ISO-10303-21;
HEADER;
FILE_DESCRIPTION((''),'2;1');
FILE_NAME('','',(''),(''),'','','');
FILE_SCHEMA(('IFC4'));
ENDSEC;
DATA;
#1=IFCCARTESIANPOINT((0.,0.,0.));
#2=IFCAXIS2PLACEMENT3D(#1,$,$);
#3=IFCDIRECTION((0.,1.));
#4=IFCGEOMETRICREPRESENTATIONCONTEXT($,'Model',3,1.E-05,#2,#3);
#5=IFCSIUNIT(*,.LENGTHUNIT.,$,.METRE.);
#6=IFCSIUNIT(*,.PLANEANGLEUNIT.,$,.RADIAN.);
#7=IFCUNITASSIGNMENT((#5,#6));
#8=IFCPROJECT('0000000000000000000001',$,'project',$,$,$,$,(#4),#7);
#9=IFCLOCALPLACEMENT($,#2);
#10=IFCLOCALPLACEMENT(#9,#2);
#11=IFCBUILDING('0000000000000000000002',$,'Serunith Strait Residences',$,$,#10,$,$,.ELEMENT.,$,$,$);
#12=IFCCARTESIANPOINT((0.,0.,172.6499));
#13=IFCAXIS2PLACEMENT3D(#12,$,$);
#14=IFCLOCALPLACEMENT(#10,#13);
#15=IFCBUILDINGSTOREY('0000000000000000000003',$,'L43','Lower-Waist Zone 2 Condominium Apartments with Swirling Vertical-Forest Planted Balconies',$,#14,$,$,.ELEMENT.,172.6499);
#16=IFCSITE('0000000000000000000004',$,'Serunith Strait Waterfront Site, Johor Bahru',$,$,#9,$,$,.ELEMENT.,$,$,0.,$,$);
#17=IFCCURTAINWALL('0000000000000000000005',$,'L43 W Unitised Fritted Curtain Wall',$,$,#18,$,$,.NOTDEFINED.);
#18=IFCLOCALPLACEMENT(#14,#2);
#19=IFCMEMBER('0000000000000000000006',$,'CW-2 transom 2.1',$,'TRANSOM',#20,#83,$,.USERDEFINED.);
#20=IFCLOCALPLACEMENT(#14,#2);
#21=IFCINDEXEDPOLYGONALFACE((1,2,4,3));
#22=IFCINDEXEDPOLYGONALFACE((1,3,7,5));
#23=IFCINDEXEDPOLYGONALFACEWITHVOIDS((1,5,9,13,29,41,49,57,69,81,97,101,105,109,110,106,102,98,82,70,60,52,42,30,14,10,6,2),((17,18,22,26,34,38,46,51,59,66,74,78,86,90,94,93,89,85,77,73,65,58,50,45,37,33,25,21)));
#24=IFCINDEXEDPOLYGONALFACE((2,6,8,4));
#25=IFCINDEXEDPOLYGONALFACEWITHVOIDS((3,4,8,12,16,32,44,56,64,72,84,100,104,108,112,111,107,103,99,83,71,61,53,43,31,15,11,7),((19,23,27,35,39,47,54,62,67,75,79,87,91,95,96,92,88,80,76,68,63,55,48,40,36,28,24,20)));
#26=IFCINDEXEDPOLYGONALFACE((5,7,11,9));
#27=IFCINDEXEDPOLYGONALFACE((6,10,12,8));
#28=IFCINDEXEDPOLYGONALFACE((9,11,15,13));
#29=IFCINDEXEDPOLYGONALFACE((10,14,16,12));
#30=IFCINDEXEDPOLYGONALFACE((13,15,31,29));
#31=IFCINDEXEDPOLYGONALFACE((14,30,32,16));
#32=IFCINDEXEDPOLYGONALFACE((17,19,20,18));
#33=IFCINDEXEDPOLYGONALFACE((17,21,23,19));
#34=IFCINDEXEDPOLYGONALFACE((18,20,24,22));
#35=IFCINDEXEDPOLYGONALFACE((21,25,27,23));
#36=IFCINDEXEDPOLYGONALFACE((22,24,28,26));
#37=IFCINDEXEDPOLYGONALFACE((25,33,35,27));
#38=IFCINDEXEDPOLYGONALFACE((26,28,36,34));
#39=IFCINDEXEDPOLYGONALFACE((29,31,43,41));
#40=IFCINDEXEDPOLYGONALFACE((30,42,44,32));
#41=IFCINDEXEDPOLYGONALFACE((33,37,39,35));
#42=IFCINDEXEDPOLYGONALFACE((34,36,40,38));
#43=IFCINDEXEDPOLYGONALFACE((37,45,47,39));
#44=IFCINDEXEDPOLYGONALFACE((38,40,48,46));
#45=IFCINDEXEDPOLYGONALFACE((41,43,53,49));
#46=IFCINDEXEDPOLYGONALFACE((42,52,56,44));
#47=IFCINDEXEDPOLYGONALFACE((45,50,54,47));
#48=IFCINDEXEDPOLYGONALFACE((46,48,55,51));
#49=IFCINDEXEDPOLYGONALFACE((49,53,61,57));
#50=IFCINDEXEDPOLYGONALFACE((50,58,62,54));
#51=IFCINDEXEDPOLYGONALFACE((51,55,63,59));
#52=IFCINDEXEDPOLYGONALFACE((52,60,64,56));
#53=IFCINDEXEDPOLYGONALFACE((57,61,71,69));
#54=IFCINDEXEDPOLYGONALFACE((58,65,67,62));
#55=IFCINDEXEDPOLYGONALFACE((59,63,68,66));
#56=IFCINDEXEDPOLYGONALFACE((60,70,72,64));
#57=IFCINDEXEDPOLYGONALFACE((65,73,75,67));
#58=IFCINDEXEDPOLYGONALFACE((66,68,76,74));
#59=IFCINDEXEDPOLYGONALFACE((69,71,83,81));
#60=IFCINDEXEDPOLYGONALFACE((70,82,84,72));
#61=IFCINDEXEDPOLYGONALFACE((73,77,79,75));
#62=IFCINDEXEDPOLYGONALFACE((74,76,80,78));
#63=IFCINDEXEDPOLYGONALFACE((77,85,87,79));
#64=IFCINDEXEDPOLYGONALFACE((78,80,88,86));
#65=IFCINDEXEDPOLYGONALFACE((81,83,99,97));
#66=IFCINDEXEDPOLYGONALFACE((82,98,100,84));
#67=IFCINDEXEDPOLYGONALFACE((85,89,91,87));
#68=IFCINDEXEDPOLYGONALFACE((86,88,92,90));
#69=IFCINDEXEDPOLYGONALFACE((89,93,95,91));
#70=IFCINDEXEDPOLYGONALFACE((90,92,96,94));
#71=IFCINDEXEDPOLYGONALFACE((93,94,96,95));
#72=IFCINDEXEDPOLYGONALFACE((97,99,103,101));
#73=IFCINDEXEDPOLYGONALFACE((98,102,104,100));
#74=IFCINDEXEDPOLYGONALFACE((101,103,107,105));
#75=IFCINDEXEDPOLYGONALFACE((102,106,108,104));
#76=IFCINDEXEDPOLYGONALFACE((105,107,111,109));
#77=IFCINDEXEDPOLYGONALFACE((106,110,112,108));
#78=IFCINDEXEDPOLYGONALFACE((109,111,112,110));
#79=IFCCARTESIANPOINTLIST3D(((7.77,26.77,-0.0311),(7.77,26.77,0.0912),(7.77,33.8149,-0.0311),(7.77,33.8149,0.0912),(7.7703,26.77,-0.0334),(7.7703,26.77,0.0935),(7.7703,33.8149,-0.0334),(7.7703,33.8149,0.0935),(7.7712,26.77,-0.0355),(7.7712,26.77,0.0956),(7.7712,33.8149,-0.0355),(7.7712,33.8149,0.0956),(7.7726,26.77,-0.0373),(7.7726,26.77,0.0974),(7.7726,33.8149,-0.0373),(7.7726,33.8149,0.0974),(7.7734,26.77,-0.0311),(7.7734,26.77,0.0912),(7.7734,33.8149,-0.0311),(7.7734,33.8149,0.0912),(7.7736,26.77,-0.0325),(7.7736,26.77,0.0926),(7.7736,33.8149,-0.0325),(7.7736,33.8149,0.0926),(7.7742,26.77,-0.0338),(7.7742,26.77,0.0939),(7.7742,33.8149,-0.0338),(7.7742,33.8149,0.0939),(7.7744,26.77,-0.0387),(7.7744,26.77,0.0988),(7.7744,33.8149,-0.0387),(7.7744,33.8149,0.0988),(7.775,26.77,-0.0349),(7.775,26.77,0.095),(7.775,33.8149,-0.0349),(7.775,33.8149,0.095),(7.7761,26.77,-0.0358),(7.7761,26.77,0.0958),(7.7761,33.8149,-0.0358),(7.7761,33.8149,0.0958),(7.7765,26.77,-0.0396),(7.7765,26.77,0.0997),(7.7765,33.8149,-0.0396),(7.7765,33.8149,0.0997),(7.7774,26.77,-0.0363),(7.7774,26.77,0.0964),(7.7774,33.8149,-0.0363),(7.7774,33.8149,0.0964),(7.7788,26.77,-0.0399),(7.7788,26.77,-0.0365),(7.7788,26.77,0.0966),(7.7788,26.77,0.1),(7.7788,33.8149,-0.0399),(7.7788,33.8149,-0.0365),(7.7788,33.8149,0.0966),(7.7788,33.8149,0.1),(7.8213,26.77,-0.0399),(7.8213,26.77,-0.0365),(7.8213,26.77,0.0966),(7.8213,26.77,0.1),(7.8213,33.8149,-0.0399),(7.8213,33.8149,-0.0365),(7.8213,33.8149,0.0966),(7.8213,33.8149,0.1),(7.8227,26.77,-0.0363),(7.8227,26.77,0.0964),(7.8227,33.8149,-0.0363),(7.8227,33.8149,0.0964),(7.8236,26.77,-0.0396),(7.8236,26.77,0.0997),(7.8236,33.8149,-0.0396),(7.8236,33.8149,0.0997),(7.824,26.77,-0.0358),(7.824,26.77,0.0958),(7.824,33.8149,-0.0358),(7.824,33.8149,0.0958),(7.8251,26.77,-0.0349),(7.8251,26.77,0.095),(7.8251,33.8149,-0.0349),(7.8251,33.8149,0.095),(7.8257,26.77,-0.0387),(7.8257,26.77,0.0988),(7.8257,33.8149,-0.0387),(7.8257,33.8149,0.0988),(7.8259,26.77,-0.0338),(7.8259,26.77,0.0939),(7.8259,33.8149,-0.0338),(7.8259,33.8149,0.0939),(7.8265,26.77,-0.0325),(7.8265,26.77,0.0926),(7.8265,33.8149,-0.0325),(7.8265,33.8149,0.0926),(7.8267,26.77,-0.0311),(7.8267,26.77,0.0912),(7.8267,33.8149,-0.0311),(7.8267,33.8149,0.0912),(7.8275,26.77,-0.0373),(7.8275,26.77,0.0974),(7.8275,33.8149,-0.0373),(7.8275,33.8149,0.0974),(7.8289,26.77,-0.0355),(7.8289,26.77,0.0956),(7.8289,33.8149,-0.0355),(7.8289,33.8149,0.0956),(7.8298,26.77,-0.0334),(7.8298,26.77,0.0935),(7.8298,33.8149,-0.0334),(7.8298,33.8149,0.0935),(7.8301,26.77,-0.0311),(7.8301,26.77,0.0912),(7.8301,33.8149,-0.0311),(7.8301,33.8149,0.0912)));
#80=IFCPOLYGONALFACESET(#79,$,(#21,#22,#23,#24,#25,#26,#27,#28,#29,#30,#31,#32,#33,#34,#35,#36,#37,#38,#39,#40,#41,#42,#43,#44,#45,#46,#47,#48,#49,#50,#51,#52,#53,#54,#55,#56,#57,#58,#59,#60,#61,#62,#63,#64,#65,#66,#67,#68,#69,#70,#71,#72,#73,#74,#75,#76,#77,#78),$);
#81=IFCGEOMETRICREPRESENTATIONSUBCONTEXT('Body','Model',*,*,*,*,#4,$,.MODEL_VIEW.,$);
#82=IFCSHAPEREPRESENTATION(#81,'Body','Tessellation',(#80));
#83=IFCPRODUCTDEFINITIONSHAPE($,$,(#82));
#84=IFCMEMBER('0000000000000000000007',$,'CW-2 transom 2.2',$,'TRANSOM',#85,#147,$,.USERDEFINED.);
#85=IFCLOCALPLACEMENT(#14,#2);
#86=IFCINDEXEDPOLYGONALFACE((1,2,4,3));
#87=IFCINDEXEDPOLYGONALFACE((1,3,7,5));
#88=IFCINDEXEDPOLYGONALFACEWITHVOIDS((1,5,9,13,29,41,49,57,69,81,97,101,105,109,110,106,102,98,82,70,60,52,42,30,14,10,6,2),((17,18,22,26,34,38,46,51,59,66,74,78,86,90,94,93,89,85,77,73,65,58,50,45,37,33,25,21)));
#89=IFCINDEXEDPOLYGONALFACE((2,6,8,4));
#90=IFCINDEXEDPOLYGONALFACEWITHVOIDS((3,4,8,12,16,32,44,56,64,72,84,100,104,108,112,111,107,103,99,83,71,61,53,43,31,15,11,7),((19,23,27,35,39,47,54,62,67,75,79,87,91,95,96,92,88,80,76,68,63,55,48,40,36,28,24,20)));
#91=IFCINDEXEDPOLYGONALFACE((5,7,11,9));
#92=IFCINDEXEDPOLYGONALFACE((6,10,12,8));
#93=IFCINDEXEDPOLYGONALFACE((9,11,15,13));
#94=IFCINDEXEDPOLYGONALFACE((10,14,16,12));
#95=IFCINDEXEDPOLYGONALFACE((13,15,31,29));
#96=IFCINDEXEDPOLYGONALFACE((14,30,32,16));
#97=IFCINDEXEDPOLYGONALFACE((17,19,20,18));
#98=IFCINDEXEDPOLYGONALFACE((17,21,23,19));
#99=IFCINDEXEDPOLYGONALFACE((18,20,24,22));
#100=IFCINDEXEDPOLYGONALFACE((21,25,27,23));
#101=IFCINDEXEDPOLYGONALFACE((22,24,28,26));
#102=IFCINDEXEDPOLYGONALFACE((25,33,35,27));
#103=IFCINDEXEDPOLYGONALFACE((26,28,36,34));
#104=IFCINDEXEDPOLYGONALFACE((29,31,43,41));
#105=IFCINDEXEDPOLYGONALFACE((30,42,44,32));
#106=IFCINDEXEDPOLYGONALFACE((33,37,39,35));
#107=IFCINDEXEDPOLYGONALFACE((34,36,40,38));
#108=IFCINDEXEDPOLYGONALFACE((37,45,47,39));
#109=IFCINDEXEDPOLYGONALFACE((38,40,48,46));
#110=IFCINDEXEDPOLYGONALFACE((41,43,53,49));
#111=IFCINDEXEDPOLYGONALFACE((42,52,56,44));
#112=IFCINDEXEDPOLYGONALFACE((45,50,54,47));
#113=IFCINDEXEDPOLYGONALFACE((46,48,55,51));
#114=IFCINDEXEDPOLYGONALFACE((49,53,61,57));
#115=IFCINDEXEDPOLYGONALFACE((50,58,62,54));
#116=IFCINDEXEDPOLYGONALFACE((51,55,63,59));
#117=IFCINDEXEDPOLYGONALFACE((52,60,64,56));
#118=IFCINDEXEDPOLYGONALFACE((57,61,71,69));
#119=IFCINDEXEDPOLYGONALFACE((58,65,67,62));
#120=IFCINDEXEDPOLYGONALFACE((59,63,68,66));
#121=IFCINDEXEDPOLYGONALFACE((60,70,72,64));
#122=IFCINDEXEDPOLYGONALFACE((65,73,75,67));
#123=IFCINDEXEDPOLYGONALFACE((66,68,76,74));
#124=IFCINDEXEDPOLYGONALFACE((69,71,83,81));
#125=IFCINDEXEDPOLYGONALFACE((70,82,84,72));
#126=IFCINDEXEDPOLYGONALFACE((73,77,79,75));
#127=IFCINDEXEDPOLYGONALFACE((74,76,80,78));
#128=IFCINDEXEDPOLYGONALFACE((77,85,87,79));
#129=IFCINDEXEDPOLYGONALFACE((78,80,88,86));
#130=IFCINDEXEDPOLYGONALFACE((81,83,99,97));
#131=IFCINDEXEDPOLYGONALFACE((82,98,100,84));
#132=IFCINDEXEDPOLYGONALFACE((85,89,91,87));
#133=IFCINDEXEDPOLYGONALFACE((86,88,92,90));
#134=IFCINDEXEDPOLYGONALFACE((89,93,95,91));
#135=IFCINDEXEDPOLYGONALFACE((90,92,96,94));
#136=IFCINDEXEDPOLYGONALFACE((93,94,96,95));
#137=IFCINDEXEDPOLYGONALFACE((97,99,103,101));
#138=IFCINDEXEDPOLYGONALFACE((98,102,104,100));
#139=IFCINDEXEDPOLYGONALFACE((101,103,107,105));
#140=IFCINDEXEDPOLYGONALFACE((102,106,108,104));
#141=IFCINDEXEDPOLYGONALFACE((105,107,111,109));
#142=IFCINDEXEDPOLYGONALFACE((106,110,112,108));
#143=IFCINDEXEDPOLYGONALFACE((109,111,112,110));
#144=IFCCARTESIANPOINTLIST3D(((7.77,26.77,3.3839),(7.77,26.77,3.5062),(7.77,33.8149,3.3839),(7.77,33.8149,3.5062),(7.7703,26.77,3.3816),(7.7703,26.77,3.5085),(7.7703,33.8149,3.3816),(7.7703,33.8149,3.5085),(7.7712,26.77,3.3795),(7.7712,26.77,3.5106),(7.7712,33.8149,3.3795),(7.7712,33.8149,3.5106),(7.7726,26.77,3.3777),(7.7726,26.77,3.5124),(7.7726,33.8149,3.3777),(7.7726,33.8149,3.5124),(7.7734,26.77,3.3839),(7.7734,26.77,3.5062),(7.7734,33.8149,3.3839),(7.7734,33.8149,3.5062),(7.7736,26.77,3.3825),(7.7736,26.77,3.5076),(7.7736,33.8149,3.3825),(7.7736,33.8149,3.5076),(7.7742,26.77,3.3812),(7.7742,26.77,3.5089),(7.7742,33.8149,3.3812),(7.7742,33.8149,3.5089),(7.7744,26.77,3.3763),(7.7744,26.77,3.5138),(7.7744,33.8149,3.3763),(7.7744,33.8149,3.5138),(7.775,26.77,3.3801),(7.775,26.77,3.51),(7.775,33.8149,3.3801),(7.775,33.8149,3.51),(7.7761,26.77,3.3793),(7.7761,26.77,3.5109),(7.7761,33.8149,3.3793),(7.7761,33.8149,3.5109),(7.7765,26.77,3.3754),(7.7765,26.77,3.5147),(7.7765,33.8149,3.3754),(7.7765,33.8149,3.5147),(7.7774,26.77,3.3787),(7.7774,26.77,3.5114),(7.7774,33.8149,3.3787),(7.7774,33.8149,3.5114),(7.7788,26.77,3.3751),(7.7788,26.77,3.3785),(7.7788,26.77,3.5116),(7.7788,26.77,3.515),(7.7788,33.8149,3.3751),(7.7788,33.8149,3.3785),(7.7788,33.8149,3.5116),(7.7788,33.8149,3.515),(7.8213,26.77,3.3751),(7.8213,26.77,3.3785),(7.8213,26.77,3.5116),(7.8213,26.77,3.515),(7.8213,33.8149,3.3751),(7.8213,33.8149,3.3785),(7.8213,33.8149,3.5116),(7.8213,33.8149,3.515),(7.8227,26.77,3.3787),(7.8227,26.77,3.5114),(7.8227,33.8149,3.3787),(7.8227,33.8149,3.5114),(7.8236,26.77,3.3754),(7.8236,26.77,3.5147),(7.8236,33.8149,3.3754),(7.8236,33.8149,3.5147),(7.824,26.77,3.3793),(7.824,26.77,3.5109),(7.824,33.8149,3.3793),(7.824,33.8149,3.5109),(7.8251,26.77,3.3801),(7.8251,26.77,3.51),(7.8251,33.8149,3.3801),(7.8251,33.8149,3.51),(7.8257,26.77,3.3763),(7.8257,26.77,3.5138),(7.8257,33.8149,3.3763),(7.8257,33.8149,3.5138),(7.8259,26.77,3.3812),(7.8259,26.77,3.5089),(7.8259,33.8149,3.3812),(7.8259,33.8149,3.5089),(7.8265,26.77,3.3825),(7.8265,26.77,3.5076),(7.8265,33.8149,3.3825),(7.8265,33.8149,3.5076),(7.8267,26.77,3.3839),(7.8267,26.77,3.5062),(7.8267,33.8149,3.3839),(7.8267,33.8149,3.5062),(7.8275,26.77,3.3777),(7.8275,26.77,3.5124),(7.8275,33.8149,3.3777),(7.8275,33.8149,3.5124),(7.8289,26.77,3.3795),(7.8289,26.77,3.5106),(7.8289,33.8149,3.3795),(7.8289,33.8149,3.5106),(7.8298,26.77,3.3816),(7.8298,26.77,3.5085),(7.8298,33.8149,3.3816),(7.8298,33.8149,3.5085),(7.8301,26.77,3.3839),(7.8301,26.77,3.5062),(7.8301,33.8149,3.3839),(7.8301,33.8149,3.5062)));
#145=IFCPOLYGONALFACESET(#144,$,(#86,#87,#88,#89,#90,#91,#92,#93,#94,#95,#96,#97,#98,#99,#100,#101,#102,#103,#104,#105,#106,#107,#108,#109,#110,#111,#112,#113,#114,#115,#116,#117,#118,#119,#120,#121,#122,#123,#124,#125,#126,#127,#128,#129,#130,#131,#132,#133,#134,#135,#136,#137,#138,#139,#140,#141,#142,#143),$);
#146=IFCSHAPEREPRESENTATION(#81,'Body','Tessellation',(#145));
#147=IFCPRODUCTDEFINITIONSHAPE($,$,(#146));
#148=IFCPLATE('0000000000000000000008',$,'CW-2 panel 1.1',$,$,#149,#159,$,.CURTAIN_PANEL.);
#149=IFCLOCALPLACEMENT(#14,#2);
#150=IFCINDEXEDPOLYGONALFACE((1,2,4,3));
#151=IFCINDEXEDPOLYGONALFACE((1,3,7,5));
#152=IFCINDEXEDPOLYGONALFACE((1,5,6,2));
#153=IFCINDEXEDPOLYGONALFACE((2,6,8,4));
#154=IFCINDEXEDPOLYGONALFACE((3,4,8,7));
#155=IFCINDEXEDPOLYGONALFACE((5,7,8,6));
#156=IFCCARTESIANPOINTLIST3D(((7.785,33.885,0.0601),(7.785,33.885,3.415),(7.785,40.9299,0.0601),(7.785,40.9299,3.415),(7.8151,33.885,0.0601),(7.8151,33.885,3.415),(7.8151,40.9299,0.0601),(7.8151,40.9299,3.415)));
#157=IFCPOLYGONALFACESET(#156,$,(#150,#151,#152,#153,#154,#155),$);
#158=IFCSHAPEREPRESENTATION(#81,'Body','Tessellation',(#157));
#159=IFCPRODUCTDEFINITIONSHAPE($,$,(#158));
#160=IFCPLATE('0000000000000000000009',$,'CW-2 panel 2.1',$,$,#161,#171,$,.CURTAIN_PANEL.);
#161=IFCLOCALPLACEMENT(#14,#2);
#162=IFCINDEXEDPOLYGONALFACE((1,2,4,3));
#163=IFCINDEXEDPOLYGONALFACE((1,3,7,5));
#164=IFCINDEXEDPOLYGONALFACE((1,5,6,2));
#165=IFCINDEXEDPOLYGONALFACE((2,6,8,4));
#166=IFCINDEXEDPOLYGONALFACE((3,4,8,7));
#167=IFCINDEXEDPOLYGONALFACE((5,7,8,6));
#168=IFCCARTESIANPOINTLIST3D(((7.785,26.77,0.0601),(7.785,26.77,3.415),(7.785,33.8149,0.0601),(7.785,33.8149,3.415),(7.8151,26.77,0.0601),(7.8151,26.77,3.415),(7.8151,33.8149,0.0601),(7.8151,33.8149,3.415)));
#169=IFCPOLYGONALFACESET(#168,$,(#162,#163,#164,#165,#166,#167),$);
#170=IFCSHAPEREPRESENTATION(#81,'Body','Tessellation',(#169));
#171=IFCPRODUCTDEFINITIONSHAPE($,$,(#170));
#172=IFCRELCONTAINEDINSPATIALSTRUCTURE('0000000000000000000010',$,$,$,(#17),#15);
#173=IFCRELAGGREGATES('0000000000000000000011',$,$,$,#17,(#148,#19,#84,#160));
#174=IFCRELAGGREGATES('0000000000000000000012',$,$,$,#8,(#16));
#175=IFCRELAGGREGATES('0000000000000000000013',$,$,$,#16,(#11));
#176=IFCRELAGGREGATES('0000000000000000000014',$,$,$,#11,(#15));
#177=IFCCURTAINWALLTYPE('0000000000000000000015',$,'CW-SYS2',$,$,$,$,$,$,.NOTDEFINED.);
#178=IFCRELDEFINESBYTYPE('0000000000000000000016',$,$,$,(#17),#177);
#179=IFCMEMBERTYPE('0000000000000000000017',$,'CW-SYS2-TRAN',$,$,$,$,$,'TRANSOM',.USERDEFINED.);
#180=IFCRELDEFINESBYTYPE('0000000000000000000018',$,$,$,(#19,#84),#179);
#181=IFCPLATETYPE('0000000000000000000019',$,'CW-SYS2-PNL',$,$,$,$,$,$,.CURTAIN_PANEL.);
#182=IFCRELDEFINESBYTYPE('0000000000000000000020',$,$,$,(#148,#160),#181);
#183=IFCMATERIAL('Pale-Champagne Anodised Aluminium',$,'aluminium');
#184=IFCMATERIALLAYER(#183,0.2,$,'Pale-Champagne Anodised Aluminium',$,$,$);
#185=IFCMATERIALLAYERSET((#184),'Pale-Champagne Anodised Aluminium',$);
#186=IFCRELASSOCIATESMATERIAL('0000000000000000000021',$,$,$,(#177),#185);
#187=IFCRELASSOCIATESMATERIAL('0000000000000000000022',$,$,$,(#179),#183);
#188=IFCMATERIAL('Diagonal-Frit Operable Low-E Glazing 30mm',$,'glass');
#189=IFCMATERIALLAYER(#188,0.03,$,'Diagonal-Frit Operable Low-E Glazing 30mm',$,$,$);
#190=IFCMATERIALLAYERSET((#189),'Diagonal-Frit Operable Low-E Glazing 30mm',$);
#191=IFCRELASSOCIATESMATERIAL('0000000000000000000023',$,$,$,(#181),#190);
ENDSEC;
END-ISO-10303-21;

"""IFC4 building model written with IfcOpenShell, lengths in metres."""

from ifc_helpers import new_model, si_unit, direction, frame, origin, origin_2d, place, context, subcontext, project, spatial, rectangle, hollow_rectangle, extrude, source, transform, mapped, material, layer, layer_set, material_profile, profile_set, type_object, element, aggregate, save


model = new_model("IFC4")

# Units and contexts
model_context = context("Model", 3, precision=1e-05, world=origin(), true_north=direction((0.0, 1.0)))
body_context = subcontext(model_context, "Body", "Model", "MODEL_VIEW")
ifc_project = project(units=[si_unit("LENGTHUNIT", "METRE"), si_unit("PLANEANGLEUNIT", "RADIAN")], contexts=[model_context])

# Site, building, storey
site_placement = place(None, origin())
site = spatial("IfcSite", under=ifc_project, at=site_placement, Name="Serunith Strait Waterfront Site, Johor Bahru", CompositionType="ELEMENT", RefElevation=0.0)
building_placement = place(site_placement, origin())
building = spatial("IfcBuilding", under=site, at=building_placement, Name="Serunith Strait Residences", CompositionType="ELEMENT")
storey_placement = place(building_placement, frame((0.0, 0.0, 172.6499)))
storey = spatial("IfcBuildingStorey", under=building, at=storey_placement, Name="L43", Description="Lower-Waist Zone 2 Condominium Apartments with Swirling Vertical-Forest Planted Balconies", CompositionType="ELEMENT", Elevation=172.6499)

# Curtain wall, members, plates
ifc_material_1 = material(Name="Pale-Champagne Anodised Aluminium", Category="aluminium")
ifc_layer_1 = layer(ifc_material_1, 0.2, Name="Pale-Champagne Anodised Aluminium")
ifc_layer_set_1 = layer_set([ifc_layer_1], Name="Pale-Champagne Anodised Aluminium")
curtain_wall_type = type_object("IfcCurtainWallType", Name="CW-SYS2", PredefinedType="NOTDEFINED", material=ifc_layer_set_1)
curtain_wall_placement = place(storey_placement, origin())
curtain_wall = element("IfcCurtainWall", 1, at=curtain_wall_placement, inside=storey, type_object=curtain_wall_type, Name="L43 W Unitised Fritted Curtain Wall", PredefinedType="NOTDEFINED")
ifc_material_profile_1 = material_profile(ifc_material_1, hollow_rectangle(XDim=0.0601, YDim=0.1399, WallThickness=0.0034, InnerFilletRadius=0.0054, OuterFilletRadius=0.0088, at=origin_2d()), Name="ALU 140x60x3.5")
ifc_profile_set_1 = profile_set([ifc_material_profile_1], Name="Pale-Champagne Anodised Aluminium")
member_type_1 = type_object("IfcMemberType", Name="CW-SYS2-TRAN", ElementType="TRANSOM", PredefinedType="USERDEFINED", material=ifc_profile_set_1)
shared_shape_1 = source(origin(), body_context, "Body", "SweptSolid", [
    extrude(hollow_rectangle(XDim=0.0601, YDim=0.1399, WallThickness=0.0034, InnerFilletRadius=0.0054, OuterFilletRadius=0.0088, at=origin_2d()), origin(), (0.0, 0.0, 1.0), 7.0449),
])
member_1_placement = place(storey_placement, frame((7.8, 33.8149, 0.03), z_axis=(0.0, -1.0, 0.0), x_axis=(1.0, 0.0, 0.0)))
member_1 = element("IfcMember", 2, at=member_1_placement, type_object=member_type_1, Name="CW-2 transom 2.1", ObjectType="TRANSOM", PredefinedType="USERDEFINED", context=body_context, shape_type="MappedRepresentation", body=[
    mapped(shared_shape_1, transform((0.0, 0.0, 0.0), scale=1.0)),
])
member_2_placement = place(storey_placement, frame((7.8, 33.8149, 3.4451), z_axis=(0.0, -1.0, 0.0), x_axis=(1.0, 0.0, 0.0)))
member_2 = element("IfcMember", 3, at=member_2_placement, type_object=member_type_1, Name="CW-2 transom 2.2", ObjectType="TRANSOM", PredefinedType="USERDEFINED", context=body_context, shape_type="MappedRepresentation", body=[
    mapped(shared_shape_1, transform((0.0, 0.0, 0.0), scale=1.0)),
])
ifc_material_2 = material(Name="Diagonal-Frit Operable Low-E Glazing 30mm", Category="glass")
ifc_layer_2 = layer(ifc_material_2, 0.03, Name="Diagonal-Frit Operable Low-E Glazing 30mm")
ifc_layer_set_2 = layer_set([ifc_layer_2], Name="Diagonal-Frit Operable Low-E Glazing 30mm")
plate_type = type_object("IfcPlateType", Name="CW-SYS2-PNL", PredefinedType="CURTAIN_PANEL", material=ifc_layer_set_2)
shared_shape_2 = source(origin(), body_context, "Body", "SweptSolid", [
    extrude(rectangle(XDim=7.0449, YDim=0.03, at=origin_2d()), origin(), (0.0, 0.0, 1.0), 3.355),
])
plate_1_placement = place(storey_placement, frame((7.8, 37.4075, 0.0601), z_axis=(0.0, 0.0, 1.0), x_axis=(0.0, -1.0, 0.0)))
plate_1 = element("IfcPlate", 4, at=plate_1_placement, type_object=plate_type, Name="CW-2 panel 1.1", PredefinedType="CURTAIN_PANEL", context=body_context, shape_type="MappedRepresentation", body=[
    mapped(shared_shape_2, transform((0.0, 0.0, 0.0), scale=1.0)),
])
plate_2_placement = place(storey_placement, frame((7.8, 30.2925, 0.0601), z_axis=(0.0, 0.0, 1.0), x_axis=(0.0, -1.0, 0.0)))
plate_2 = element("IfcPlate", 5, at=plate_2_placement, type_object=plate_type, Name="CW-2 panel 2.1", PredefinedType="CURTAIN_PANEL", context=body_context, shape_type="MappedRepresentation", body=[
    mapped(shared_shape_2, transform((0.0, 0.0, 0.0), scale=1.0)),
])
aggregate(curtain_wall, [plate_1, member_1, member_2, plate_2])

save(model, "model.ifc")
